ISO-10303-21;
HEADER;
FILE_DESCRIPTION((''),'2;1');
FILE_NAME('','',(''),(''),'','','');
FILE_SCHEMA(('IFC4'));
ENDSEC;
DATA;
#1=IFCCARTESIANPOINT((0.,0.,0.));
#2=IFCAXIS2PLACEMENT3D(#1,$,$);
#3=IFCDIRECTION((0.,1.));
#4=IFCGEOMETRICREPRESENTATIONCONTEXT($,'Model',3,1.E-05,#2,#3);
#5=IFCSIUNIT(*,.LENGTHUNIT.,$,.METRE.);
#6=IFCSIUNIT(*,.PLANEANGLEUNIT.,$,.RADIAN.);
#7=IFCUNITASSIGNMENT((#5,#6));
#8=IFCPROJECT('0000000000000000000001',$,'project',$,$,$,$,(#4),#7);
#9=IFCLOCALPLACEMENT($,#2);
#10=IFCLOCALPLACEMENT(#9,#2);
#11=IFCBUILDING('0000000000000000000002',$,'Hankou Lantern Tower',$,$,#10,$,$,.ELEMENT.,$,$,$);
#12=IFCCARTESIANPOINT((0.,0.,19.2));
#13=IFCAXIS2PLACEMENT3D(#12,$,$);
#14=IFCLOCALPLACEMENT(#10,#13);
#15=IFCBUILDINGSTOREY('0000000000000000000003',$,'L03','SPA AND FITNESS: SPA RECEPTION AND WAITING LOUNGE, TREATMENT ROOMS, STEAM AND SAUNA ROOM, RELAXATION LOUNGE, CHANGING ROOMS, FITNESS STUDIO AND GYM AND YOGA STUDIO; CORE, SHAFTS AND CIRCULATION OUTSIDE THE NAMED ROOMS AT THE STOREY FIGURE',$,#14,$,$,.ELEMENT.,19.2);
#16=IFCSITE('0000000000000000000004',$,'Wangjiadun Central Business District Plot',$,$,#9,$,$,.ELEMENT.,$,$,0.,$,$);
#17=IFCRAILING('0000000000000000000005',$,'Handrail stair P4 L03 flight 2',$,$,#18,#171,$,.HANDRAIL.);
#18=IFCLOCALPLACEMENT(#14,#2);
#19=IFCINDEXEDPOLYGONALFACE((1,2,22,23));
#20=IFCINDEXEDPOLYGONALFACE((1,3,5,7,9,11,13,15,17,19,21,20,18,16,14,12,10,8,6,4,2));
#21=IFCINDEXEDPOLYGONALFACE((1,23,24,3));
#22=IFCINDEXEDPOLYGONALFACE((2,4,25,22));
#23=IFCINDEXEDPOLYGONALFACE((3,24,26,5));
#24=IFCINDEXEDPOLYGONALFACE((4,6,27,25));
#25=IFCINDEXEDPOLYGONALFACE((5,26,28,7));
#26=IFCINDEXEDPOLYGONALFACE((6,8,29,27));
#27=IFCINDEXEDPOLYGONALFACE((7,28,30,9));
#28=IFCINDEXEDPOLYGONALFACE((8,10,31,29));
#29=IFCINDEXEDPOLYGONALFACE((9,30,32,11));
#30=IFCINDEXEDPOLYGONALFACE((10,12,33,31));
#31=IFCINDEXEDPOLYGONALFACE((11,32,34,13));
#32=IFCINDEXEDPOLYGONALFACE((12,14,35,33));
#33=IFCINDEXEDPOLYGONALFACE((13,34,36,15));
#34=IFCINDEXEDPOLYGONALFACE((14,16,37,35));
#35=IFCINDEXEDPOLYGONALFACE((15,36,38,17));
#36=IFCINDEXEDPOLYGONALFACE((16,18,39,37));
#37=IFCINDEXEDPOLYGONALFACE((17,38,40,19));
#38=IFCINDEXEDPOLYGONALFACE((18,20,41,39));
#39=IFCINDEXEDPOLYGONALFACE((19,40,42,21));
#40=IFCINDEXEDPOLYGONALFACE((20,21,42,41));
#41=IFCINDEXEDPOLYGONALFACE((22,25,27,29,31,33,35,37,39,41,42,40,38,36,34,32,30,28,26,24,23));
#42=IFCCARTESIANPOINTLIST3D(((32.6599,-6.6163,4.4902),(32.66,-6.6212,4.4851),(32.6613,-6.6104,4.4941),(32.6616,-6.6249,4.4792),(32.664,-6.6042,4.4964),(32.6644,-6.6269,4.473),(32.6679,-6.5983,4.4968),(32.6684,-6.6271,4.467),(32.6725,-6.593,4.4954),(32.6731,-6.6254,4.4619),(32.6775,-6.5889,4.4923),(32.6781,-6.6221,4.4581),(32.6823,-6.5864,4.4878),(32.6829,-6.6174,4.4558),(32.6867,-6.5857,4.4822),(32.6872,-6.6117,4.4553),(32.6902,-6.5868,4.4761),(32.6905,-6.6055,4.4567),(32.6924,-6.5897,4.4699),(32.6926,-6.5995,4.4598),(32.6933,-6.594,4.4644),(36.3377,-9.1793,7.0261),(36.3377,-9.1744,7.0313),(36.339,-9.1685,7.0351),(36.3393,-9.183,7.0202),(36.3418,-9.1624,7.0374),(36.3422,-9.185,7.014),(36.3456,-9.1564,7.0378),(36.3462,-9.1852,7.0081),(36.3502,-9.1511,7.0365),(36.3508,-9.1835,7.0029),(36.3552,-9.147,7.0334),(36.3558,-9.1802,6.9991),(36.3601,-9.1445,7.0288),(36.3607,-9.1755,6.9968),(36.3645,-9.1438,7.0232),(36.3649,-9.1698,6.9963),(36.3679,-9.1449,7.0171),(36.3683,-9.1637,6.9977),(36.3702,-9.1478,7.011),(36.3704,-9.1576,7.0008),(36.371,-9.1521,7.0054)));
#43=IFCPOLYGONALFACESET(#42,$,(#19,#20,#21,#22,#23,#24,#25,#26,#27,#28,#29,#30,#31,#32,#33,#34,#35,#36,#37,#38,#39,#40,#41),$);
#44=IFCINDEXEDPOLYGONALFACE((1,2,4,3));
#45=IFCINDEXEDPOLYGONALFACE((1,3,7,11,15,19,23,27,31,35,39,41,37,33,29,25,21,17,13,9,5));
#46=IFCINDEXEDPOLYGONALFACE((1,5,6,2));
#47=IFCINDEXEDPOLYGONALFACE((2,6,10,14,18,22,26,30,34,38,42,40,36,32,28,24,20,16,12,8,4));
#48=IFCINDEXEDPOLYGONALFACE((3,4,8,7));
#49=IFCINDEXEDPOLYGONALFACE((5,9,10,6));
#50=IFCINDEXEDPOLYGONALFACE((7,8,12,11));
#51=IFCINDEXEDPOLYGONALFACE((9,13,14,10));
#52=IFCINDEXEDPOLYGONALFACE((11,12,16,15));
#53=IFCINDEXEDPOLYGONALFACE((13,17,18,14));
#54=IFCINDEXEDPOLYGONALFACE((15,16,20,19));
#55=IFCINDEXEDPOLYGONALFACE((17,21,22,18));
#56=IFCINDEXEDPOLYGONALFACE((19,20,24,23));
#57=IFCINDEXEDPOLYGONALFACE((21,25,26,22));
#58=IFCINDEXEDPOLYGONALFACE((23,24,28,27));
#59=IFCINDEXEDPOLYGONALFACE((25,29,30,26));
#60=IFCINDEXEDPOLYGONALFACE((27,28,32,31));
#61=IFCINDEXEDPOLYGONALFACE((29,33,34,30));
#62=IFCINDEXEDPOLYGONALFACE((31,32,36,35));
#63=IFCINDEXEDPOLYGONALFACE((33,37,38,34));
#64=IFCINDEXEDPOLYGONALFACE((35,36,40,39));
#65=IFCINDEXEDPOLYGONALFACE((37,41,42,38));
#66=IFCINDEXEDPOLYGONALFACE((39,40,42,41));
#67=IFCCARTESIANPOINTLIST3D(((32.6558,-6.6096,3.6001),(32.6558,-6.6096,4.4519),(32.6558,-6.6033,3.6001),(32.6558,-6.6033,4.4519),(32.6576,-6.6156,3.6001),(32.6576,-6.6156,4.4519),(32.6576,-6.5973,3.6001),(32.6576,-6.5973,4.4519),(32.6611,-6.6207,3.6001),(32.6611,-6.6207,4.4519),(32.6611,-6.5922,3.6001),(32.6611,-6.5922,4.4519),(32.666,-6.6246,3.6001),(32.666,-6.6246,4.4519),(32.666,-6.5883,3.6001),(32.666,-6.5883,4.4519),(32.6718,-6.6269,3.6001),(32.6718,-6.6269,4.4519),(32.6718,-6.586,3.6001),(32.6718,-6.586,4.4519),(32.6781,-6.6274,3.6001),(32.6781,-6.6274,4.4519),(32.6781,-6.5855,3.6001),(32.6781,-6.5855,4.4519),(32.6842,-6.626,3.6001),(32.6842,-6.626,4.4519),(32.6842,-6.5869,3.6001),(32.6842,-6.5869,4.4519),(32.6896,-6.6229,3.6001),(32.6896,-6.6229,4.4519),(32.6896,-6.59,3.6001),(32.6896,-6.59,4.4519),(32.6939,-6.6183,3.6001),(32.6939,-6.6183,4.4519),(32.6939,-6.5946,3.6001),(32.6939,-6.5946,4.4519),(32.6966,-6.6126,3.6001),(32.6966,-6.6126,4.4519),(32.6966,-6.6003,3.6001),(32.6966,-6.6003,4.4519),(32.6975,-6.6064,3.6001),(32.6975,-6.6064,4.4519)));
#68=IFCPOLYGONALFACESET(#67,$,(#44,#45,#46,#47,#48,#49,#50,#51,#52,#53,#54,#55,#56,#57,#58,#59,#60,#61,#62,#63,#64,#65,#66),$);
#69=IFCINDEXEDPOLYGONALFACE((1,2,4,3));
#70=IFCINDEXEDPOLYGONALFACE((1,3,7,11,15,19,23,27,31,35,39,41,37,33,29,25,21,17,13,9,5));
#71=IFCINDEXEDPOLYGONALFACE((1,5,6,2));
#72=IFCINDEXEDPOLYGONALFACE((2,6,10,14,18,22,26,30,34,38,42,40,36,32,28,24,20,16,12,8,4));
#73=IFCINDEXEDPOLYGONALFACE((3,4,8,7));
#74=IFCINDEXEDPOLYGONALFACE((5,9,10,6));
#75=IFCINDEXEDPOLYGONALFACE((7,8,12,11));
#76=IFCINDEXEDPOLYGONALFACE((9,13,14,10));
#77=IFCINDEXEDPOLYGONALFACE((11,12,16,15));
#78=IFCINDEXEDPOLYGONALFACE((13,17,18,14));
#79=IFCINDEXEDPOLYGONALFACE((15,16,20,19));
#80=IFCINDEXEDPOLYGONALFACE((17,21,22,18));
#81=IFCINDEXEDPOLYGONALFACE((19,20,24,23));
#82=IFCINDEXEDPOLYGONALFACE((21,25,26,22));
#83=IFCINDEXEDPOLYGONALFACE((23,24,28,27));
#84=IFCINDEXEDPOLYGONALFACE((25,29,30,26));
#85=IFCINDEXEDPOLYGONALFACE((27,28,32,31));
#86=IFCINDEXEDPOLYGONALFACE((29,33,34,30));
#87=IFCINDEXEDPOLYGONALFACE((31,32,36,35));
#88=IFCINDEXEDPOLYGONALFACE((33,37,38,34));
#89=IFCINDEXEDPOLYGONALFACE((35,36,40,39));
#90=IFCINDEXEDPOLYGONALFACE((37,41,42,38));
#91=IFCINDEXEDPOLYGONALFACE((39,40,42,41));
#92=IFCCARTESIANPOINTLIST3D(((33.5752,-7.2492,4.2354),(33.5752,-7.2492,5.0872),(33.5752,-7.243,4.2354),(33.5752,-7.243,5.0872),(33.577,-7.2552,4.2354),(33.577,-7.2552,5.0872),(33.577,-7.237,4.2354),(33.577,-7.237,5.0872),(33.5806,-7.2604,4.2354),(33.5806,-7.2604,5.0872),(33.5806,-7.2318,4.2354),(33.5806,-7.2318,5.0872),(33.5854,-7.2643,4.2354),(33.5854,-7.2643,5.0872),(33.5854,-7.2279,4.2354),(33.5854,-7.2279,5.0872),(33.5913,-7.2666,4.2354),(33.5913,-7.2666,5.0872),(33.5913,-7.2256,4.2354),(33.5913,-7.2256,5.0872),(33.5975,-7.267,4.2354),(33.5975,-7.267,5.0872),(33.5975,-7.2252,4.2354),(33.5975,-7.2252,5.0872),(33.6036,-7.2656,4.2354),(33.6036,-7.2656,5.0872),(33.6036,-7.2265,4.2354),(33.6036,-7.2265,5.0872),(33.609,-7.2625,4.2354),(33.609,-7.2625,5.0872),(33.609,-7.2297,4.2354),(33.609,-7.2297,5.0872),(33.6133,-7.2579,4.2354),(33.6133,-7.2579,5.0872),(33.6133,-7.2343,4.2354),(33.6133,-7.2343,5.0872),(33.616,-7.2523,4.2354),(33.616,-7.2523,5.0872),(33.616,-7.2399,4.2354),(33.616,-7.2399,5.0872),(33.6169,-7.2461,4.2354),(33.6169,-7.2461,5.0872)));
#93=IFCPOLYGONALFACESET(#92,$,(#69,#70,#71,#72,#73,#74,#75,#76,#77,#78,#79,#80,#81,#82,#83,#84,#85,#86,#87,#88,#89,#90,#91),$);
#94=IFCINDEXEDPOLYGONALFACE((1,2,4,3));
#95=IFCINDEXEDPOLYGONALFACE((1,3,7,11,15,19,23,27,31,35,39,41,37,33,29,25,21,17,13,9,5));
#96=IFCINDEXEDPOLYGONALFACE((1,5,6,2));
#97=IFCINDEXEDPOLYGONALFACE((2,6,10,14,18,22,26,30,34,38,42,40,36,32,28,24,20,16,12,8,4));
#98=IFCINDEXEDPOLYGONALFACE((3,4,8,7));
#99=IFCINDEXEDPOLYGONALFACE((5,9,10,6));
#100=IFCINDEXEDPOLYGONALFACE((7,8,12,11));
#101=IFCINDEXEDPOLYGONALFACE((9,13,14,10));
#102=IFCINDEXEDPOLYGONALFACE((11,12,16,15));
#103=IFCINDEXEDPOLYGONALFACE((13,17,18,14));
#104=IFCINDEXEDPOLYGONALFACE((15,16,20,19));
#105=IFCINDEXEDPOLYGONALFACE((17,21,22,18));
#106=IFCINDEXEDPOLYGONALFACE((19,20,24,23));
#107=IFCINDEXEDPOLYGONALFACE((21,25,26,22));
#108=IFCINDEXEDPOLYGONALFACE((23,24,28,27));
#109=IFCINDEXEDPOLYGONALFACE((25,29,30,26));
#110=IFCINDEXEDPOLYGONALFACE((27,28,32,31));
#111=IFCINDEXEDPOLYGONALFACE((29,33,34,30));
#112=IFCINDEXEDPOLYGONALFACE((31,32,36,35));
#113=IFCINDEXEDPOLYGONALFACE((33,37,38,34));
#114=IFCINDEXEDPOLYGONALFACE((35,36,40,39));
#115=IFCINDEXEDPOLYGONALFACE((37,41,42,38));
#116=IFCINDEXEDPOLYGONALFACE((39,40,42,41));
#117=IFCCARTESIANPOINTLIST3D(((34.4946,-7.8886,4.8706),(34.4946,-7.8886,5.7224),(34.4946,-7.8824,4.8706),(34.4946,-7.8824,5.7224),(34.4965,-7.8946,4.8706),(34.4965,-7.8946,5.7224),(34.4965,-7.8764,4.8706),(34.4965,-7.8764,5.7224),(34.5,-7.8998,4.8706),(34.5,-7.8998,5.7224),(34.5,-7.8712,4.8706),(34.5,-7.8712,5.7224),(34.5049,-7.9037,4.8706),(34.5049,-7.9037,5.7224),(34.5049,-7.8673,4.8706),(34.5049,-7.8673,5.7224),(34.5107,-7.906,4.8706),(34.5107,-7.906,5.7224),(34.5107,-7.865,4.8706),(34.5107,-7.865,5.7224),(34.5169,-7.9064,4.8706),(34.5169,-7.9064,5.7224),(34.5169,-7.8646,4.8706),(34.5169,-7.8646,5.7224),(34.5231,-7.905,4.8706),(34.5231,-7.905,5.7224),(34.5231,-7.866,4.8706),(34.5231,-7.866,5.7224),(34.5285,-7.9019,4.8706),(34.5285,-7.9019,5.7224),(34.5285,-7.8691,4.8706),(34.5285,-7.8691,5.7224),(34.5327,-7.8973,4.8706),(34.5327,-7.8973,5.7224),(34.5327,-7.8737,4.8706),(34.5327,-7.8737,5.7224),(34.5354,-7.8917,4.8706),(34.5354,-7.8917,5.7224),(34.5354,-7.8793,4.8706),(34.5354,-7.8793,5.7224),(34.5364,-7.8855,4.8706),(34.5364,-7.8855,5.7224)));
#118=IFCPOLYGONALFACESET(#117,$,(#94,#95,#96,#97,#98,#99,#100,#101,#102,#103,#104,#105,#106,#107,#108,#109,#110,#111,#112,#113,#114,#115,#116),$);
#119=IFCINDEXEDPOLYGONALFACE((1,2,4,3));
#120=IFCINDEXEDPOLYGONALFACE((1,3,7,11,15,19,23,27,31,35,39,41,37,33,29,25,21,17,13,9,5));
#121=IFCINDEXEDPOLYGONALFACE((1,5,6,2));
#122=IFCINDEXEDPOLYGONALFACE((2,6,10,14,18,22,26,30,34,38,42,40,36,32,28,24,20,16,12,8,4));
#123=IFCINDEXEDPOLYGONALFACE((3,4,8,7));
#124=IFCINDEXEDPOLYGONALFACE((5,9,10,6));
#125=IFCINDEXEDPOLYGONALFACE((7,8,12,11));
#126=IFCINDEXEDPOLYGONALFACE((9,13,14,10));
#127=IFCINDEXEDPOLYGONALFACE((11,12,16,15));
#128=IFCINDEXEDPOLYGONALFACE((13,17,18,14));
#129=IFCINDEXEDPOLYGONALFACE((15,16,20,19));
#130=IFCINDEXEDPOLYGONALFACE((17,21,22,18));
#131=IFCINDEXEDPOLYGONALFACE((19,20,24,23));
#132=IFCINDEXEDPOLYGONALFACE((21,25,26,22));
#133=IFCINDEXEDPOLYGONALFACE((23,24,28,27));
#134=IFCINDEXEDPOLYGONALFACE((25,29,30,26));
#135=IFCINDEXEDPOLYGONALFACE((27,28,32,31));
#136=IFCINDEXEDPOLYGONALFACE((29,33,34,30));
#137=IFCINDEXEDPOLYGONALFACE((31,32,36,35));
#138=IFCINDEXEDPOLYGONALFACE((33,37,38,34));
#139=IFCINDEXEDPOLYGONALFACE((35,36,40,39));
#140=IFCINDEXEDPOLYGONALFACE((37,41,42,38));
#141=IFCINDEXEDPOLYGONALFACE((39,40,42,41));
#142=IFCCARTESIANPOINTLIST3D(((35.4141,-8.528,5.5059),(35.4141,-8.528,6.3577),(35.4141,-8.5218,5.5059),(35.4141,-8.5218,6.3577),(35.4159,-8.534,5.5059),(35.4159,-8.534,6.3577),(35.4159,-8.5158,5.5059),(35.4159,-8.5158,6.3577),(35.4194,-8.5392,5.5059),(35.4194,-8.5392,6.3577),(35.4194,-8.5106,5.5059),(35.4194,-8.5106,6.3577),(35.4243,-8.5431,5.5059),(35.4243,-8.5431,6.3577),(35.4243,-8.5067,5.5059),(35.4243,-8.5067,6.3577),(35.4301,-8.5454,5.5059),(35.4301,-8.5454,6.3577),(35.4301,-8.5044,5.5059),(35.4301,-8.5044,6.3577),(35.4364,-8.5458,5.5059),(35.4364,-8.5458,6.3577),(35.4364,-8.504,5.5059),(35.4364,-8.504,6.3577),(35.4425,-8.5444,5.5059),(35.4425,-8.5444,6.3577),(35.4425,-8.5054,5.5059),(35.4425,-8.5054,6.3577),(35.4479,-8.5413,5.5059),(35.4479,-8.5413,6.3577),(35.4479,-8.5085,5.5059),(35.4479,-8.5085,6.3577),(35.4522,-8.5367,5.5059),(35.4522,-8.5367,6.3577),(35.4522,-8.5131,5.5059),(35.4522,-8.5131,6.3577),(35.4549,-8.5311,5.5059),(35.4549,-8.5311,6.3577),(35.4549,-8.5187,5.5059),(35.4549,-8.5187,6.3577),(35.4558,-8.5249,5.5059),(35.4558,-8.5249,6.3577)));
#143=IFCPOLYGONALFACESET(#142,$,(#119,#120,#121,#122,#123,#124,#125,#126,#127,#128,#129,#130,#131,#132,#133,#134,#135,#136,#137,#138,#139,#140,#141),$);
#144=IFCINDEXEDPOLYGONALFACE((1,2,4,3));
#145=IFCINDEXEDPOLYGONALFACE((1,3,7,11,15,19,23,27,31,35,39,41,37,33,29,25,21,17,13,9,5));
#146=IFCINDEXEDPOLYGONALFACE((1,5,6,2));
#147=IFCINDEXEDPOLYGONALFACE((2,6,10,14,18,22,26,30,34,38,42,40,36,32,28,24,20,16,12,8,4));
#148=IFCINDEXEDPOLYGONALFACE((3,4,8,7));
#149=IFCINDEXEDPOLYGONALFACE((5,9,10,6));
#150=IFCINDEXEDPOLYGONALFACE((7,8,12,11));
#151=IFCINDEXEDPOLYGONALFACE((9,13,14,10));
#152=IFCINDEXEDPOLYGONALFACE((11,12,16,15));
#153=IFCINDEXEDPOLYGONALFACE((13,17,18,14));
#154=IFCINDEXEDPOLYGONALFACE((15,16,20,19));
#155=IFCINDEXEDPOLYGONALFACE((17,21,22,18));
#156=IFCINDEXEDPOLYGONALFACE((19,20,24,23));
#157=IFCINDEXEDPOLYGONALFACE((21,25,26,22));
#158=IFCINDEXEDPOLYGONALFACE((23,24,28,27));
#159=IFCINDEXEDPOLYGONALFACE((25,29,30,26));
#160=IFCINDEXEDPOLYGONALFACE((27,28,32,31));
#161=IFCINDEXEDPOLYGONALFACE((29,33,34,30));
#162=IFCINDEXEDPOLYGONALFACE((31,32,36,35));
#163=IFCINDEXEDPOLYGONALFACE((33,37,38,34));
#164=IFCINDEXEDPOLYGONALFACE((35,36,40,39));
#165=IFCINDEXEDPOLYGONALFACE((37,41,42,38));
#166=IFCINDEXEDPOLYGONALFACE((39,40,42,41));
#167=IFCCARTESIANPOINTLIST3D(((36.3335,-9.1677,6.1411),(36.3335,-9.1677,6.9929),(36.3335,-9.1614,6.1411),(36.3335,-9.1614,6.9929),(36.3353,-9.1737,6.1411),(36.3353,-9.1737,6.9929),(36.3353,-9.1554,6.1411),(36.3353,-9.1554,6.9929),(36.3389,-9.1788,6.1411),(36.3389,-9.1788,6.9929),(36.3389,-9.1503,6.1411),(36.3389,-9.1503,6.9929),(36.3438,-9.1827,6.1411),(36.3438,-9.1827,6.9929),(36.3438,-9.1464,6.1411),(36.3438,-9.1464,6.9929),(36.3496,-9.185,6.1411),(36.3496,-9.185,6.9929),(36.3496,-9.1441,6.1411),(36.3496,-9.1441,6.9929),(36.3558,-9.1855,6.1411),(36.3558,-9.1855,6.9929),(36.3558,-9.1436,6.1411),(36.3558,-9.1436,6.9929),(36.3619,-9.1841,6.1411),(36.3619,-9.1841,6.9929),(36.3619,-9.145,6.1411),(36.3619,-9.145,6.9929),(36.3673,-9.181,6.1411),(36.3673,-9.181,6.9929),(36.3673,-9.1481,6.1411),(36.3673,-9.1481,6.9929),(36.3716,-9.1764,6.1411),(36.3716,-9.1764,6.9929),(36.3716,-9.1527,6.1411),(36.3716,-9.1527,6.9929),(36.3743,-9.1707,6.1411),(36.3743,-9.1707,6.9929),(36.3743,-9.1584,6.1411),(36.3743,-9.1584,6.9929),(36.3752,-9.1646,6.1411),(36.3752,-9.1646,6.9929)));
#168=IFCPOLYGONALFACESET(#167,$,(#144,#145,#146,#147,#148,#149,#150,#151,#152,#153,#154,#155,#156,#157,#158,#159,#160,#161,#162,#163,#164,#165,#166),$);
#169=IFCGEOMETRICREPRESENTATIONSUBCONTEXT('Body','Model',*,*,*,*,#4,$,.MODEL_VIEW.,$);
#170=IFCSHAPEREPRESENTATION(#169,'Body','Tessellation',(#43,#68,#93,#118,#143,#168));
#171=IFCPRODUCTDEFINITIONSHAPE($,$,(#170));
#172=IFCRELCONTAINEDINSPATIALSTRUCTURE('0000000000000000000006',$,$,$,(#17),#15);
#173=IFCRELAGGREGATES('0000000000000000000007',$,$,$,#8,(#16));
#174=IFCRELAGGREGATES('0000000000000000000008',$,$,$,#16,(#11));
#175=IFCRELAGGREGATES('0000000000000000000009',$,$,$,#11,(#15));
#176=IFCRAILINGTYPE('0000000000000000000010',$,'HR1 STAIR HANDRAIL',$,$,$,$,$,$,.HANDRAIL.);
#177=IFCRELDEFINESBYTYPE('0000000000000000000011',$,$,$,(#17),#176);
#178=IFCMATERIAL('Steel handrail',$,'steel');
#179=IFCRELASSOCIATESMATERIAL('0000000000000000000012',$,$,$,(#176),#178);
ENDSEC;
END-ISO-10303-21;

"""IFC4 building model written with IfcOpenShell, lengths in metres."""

from ifc_helpers import new_model, si_unit, direction, frame, origin, origin_2d, place, context, subcontext, project, spatial, circle, extrude, material, type_object, element, save


model = new_model("IFC4")

# Units and contexts
model_context = context("Model", 3, precision=1e-05, world=origin(), true_north=direction((0.0, 1.0)))
body_context = subcontext(model_context, "Body", "Model", "MODEL_VIEW")
ifc_project = project(units=[si_unit("LENGTHUNIT", "METRE"), si_unit("PLANEANGLEUNIT", "RADIAN")], contexts=[model_context])

# Site, building, storey
site_placement = place(None, origin())
site = spatial("IfcSite", under=ifc_project, at=site_placement, Name="Wangjiadun Central Business District Plot", CompositionType="ELEMENT", RefElevation=0.0)
building_placement = place(site_placement, origin())
building = spatial("IfcBuilding", under=site, at=building_placement, Name="Hankou Lantern Tower", CompositionType="ELEMENT")
storey_placement = place(building_placement, frame((0.0, 0.0, 19.2)))
storey = spatial("IfcBuildingStorey", under=building, at=storey_placement, Name="L03", Description="SPA AND FITNESS: SPA RECEPTION AND WAITING LOUNGE, TREATMENT ROOMS, STEAM AND SAUNA ROOM, RELAXATION LOUNGE, CHANGING ROOMS, FITNESS STUDIO AND GYM AND YOGA STUDIO; CORE, SHAFTS AND CIRCULATION OUTSIDE THE NAMED ROOMS AT THE STOREY FIGURE", CompositionType="ELEMENT", Elevation=19.2)

# Railing
ifc_material_1 = material(Name="Steel handrail", Category="steel")
railing_type = type_object("IfcRailingType", Name="HR1 STAIR HANDRAIL", PredefinedType="HANDRAIL", material=ifc_material_1)
railing_1_placement = place(storey_placement, frame((32.6765, -6.6064, 3.6001)))
element("IfcRailing", 1, at=railing_1_placement, inside=storey, type_object=railing_type, Name="Handrail stair P4 L03 flight 2", PredefinedType="HANDRAIL", context=body_context, shape_type="SweptSolid", body=[
    extrude(circle(Radius=0.0239, at=origin_2d()), frame((0.0, 0.0, 0.876), z_axis=(0.714071, -0.496683, 0.493365), x_axis=(0.571017, 0.820939, 0.0)), (0.0, 0.0, 1.0), 5.1504),
    extrude(circle(Radius=0.021, at=origin_2d()), origin(), (0.0, 0.0, 1.0), 0.8518),
    extrude(circle(Radius=0.021, at=origin_2d()), frame((0.9194, -0.6396, 0.6353)), (0.0, 0.0, 1.0), 0.8518),
    extrude(circle(Radius=0.021, at=origin_2d()), frame((1.8389, -1.2791, 1.2705)), (0.0, 0.0, 1.0), 0.8518),
    extrude(circle(Radius=0.021, at=origin_2d()), frame((2.7583, -1.9185, 1.9058)), (0.0, 0.0, 1.0), 0.8518),
    extrude(circle(Radius=0.021, at=origin_2d()), frame((3.6777, -2.5581, 2.541)), (0.0, 0.0, 1.0), 0.8518),
])

save(model, "model.ifc")
